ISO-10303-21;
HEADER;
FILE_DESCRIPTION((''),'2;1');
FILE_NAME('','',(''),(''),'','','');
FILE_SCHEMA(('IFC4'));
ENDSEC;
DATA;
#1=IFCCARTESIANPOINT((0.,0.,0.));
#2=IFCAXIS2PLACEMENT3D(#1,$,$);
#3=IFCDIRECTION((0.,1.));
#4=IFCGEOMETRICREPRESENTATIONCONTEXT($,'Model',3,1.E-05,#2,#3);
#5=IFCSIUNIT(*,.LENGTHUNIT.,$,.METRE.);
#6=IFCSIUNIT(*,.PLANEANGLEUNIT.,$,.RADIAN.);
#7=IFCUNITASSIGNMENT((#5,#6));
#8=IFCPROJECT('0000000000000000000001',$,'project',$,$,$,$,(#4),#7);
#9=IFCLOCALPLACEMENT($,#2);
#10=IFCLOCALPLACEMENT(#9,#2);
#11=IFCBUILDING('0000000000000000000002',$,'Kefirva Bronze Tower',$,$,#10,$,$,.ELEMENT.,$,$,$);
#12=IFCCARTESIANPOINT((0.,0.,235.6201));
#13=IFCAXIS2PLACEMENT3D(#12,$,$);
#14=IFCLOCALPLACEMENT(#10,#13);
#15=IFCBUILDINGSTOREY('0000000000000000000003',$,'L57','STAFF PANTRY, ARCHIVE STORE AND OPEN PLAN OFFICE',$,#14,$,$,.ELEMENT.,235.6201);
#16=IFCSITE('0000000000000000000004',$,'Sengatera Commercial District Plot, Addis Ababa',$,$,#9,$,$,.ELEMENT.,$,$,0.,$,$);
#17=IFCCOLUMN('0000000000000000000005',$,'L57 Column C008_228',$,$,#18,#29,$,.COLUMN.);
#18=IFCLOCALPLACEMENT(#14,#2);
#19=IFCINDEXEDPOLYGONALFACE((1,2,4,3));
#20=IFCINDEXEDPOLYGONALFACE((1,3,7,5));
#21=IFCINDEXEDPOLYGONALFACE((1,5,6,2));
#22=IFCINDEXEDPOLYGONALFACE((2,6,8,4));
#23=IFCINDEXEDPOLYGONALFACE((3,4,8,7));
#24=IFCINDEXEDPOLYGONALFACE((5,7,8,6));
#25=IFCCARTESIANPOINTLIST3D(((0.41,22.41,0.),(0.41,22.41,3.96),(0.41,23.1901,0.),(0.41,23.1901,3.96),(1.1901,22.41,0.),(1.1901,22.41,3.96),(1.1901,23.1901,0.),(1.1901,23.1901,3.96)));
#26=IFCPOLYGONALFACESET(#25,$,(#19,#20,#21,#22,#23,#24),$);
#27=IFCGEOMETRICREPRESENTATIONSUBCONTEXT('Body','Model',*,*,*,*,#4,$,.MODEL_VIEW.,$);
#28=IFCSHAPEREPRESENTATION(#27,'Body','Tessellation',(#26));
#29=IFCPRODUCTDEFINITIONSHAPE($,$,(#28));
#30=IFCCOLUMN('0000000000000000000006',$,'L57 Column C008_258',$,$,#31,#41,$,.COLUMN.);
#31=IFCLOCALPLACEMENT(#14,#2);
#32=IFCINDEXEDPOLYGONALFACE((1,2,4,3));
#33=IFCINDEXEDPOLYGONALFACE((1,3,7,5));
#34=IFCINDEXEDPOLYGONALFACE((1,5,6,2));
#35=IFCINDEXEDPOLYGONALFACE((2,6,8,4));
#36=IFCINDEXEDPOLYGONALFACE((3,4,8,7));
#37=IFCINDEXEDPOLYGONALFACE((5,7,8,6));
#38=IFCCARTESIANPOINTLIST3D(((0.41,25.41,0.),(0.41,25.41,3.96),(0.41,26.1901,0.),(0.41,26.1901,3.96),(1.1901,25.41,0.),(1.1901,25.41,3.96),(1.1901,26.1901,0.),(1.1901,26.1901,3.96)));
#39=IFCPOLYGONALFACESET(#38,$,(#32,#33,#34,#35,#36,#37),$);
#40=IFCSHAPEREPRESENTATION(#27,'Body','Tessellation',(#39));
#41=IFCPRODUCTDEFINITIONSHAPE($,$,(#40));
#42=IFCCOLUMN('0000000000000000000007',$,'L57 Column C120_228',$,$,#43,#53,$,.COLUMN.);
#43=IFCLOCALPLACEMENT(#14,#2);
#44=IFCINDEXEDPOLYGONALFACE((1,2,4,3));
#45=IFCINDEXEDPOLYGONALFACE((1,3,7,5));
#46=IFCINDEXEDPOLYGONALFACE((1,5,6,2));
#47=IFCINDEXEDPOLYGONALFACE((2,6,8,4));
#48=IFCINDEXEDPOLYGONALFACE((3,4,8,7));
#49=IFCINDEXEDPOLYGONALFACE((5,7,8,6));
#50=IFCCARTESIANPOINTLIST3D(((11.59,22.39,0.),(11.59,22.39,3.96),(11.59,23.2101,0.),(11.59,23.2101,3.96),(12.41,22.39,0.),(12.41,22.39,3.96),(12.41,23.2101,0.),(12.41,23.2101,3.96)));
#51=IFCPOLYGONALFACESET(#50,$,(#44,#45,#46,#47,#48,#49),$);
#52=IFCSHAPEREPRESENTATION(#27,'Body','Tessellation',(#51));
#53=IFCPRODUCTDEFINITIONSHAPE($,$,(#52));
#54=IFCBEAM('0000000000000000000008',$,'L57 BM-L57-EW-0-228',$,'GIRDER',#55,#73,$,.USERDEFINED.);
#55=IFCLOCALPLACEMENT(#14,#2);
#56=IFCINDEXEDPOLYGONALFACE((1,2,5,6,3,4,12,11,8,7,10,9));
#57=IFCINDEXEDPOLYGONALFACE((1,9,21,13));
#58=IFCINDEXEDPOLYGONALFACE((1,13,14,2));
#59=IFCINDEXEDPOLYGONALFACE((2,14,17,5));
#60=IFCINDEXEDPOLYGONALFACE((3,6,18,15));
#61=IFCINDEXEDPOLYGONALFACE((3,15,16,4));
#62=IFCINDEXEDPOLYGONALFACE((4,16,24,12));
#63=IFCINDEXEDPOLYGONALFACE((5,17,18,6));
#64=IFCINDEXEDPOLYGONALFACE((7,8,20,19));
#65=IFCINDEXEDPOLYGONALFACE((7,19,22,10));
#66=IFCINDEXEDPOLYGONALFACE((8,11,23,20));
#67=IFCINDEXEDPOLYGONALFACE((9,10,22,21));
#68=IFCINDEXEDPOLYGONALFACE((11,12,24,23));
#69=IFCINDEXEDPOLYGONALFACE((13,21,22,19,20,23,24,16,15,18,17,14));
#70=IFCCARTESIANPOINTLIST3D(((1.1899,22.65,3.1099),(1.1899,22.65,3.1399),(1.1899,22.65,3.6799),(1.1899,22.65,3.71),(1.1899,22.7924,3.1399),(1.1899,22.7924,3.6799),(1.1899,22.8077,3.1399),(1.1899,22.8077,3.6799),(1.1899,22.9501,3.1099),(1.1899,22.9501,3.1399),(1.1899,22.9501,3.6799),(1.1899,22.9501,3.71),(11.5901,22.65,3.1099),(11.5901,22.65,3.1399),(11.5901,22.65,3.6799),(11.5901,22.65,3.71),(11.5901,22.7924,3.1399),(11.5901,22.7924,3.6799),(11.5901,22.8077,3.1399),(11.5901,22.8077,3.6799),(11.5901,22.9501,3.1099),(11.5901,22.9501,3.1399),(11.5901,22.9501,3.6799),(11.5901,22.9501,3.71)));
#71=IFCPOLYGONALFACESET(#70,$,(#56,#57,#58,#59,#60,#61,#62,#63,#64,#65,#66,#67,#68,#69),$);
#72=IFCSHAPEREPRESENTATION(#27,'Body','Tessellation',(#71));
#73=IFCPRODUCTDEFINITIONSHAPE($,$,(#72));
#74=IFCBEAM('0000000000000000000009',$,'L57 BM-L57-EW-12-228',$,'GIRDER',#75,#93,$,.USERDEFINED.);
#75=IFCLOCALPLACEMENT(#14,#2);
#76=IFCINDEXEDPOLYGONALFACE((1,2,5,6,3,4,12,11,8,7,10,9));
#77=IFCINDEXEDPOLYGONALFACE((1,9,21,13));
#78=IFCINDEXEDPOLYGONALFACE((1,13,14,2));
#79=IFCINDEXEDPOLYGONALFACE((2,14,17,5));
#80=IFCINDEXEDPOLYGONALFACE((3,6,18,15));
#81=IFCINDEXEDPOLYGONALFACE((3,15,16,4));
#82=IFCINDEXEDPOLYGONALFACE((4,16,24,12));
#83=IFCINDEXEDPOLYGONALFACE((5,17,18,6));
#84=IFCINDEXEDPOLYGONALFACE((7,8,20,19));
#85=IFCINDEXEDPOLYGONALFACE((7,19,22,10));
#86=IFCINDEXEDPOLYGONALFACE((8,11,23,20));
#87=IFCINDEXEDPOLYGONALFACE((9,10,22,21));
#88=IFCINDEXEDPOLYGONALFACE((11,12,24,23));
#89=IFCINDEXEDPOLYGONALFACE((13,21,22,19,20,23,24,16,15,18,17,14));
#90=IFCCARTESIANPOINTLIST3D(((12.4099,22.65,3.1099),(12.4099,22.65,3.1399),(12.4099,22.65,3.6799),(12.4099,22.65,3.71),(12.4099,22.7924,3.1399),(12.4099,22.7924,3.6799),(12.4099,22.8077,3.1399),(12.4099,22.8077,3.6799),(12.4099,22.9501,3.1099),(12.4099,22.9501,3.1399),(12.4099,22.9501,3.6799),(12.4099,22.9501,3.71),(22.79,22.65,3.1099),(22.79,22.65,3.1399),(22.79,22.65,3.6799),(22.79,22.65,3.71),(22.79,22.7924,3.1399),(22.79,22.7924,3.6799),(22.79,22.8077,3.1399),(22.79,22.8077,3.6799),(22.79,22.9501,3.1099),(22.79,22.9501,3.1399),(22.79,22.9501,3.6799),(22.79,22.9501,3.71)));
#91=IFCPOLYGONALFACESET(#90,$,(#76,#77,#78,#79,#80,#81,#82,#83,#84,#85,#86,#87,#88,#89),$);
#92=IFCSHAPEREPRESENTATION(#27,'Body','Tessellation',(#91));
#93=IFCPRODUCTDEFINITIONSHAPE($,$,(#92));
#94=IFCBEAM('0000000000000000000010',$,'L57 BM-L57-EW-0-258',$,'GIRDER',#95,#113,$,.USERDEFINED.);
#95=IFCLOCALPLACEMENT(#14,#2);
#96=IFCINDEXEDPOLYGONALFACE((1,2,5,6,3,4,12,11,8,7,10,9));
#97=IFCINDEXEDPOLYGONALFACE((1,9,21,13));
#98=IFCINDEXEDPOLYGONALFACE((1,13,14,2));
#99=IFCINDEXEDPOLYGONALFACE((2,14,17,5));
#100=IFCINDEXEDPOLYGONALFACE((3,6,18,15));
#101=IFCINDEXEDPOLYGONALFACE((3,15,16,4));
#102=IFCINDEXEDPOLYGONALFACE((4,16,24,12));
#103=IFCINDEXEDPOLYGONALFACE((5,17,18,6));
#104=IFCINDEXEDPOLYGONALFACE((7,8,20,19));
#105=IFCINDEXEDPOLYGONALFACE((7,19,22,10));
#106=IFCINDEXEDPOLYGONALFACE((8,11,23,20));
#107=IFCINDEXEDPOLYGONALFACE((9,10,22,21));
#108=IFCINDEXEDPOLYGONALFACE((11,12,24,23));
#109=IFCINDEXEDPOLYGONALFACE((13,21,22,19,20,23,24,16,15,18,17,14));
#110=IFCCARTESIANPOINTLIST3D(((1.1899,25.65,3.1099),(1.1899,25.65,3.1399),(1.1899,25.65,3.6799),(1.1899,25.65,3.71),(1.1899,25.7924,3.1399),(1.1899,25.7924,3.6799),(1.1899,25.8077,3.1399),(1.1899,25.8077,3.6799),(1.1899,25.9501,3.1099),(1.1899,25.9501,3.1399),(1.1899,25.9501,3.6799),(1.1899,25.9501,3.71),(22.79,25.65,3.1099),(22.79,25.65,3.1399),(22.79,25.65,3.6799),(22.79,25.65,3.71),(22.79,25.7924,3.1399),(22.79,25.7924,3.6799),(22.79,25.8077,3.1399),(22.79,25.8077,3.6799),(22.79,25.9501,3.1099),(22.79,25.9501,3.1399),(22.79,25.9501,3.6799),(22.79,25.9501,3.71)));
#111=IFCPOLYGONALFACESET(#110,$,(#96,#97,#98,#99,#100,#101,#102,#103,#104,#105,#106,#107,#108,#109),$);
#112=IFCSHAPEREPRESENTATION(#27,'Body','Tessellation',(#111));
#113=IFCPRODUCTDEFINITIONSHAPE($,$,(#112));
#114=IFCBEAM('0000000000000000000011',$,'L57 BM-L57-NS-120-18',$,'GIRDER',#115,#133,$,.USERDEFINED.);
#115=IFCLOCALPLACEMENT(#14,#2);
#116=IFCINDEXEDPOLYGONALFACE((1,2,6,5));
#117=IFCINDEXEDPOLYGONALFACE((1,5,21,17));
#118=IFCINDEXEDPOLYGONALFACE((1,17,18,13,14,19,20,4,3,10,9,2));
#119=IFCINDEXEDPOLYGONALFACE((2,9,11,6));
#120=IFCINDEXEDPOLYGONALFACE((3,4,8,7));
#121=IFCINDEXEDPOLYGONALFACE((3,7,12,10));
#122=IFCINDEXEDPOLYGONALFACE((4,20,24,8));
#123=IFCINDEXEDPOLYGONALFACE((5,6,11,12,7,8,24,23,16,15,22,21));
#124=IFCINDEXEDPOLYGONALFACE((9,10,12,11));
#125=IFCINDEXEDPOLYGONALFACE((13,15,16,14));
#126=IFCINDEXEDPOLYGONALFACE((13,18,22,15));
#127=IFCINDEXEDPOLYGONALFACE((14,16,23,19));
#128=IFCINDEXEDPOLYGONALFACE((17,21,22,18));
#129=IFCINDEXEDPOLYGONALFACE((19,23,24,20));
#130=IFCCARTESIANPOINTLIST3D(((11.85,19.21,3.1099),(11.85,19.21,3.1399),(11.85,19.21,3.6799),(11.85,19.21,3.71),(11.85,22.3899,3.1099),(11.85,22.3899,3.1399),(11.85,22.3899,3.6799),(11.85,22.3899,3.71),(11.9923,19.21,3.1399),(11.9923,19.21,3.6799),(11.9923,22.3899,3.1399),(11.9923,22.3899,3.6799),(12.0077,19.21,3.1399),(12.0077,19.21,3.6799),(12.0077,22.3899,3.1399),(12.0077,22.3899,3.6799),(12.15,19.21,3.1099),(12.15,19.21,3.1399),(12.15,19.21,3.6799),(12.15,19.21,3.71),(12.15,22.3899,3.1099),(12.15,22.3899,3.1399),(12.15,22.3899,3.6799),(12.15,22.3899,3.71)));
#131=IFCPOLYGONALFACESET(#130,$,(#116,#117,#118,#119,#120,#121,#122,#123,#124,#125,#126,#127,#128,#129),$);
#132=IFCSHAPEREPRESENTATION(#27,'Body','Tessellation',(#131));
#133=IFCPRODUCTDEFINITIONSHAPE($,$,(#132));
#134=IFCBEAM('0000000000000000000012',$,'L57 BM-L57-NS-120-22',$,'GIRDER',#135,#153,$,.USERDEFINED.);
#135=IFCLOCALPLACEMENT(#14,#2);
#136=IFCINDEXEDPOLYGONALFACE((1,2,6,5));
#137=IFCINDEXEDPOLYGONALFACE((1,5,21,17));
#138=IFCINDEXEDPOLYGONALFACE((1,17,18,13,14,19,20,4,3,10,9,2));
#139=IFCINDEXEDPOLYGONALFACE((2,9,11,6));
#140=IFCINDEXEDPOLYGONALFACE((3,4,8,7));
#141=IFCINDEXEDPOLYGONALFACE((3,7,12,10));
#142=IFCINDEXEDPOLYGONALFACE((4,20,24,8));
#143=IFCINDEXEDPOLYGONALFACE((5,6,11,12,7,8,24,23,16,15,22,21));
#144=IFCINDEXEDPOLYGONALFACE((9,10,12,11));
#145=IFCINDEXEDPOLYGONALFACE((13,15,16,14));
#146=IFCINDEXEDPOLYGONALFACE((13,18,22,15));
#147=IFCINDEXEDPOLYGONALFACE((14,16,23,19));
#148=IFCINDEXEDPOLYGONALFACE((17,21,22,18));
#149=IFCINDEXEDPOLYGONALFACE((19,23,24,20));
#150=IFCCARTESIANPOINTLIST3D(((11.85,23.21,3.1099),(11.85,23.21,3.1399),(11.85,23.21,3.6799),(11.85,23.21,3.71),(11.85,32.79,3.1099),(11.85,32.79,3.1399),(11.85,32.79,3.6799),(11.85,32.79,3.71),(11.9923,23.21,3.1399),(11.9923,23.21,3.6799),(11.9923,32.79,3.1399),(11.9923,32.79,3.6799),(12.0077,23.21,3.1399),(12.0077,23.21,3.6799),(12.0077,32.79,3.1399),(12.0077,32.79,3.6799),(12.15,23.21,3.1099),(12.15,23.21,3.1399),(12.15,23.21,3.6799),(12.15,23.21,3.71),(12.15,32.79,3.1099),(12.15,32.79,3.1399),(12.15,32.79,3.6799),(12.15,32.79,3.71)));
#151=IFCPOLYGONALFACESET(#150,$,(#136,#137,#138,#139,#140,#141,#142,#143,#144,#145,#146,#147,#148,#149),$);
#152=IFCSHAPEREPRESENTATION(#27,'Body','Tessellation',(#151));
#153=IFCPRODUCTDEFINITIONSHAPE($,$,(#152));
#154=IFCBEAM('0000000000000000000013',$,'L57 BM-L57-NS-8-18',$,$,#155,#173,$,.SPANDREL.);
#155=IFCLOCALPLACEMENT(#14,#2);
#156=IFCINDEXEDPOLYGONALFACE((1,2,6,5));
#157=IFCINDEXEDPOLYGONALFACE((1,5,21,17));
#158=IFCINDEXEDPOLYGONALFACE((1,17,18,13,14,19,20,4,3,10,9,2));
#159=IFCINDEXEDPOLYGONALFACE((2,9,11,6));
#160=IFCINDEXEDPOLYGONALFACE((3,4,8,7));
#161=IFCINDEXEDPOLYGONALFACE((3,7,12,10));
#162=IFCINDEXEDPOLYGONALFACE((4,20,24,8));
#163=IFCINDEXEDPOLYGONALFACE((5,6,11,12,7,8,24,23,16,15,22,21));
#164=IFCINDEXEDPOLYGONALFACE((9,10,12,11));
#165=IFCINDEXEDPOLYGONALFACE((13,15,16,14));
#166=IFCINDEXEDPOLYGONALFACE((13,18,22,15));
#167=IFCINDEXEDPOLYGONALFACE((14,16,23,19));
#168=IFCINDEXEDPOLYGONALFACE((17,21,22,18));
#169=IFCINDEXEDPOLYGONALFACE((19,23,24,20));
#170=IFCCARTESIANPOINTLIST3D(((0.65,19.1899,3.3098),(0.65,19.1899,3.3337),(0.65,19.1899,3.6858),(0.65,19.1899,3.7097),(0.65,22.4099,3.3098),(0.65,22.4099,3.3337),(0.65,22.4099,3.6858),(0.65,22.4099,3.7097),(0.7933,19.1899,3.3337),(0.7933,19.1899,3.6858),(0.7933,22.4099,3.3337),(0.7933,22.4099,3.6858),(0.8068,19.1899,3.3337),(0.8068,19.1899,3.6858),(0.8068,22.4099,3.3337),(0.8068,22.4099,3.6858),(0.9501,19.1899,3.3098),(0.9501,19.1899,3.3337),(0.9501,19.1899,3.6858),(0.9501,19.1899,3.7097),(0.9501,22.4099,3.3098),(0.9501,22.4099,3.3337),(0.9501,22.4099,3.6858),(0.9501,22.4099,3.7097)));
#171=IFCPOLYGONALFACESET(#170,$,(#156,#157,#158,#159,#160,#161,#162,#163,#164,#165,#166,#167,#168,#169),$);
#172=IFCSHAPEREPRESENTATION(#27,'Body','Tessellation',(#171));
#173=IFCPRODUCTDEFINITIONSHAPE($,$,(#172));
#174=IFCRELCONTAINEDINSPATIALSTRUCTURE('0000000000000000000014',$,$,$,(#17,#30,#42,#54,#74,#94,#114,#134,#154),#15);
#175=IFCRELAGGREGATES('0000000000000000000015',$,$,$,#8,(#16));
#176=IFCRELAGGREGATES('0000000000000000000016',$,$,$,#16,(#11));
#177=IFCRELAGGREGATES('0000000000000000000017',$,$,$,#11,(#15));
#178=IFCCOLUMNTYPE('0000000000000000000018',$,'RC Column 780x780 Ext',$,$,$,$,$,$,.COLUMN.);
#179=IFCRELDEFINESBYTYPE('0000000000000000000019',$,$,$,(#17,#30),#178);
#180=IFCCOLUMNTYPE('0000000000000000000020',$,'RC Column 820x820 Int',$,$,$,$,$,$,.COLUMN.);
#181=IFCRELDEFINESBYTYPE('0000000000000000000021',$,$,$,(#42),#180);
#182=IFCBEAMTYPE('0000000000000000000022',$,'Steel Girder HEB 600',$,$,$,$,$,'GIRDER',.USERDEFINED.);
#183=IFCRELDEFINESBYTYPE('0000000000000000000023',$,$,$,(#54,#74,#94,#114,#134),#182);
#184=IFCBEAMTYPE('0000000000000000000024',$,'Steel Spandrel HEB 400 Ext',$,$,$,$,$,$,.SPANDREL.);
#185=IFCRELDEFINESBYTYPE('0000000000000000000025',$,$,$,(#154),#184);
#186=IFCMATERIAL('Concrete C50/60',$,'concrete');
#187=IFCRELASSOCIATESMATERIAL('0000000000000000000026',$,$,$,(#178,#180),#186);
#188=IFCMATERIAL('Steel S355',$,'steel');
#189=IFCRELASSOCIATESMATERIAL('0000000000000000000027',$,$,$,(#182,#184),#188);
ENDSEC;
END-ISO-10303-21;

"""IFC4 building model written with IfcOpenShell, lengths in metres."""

from ifc_helpers import new_model, si_unit, direction, frame, origin, origin_2d, place, context, subcontext, project, spatial, rectangle, i_section, extrude, material, material_profile, profile_set, type_object, element, save


model = new_model("IFC4")

# Units and contexts
model_context = context("Model", 3, precision=1e-05, world=origin(), true_north=direction((0.0, 1.0)))
body_context = subcontext(model_context, "Body", "Model", "MODEL_VIEW")
ifc_project = project(units=[si_unit("LENGTHUNIT", "METRE"), si_unit("PLANEANGLEUNIT", "RADIAN")], contexts=[model_context])

# Site, building, storey
site_placement = place(None, origin())
site = spatial("IfcSite", under=ifc_project, at=site_placement, Name="Sengatera Commercial District Plot, Addis Ababa", CompositionType="ELEMENT", RefElevation=0.0)
building_placement = place(site_placement, origin())
building = spatial("IfcBuilding", under=site, at=building_placement, Name="Kefirva Bronze Tower", CompositionType="ELEMENT")
storey_placement = place(building_placement, frame((0.0, 0.0, 235.6201)))
storey = spatial("IfcBuildingStorey", under=building, at=storey_placement, Name="L57", Description="STAFF PANTRY, ARCHIVE STORE AND OPEN PLAN OFFICE", CompositionType="ELEMENT", Elevation=235.6201)

# Columns
ifc_material_1 = material(Name="Concrete C50/60", Category="concrete")
ifc_material_profile_1 = material_profile(ifc_material_1, rectangle(XDim=0.78, YDim=0.78, at=origin_2d()), Name="RC 780x780")
ifc_profile_set_1 = profile_set([ifc_material_profile_1], Name="Concrete C50/60")
column_type_1 = type_object("IfcColumnType", Name="RC Column 780x780 Ext", PredefinedType="COLUMN", material=ifc_profile_set_1)
for number, where, z_axis, x_axis, name in (
    (1, (0.8, 22.8, 0.0), (0.0, 0.0, 1.0), (1.0, 0.0, 0.0), "L57 Column C008_228"),
    (2, (0.8, 25.8, 0.0), (0.0, 0.0, 1.0), (1.0, 0.0, 0.0), "L57 Column C008_258"),
):
    element("IfcColumn", number, at=place(storey_placement, frame(where, z_axis=z_axis, x_axis=x_axis)), inside=storey, type_object=column_type_1, Name=name, PredefinedType="COLUMN", context=body_context, shape_type="SweptSolid", body=[
        extrude(rectangle(XDim=0.78, YDim=0.78, at=origin_2d()), origin(), (0.0, 0.0, 1.0), 3.96),
    ])
ifc_material_profile_2 = material_profile(ifc_material_1, rectangle(XDim=0.8201, YDim=0.8201, at=origin_2d()), Name="RC 820x820")
ifc_profile_set_2 = profile_set([ifc_material_profile_2], Name="Concrete C50/60")
column_type_2 = type_object("IfcColumnType", Name="RC Column 820x820 Int", PredefinedType="COLUMN", material=ifc_profile_set_2)
column_placement = place(storey_placement, frame((12.0, 22.8, 0.0), z_axis=(0.0, 0.0, 1.0), x_axis=(1.0, 0.0, 0.0)))
element("IfcColumn", 3, at=column_placement, inside=storey, type_object=column_type_2, Name="L57 Column C120_228", PredefinedType="COLUMN", context=body_context, shape_type="SweptSolid", body=[
    extrude(rectangle(XDim=0.8201, YDim=0.8201, at=origin_2d()), origin(), (0.0, 0.0, 1.0), 3.96),
])

# Beams
ifc_material_2 = material(Name="Steel S355", Category="steel")
ifc_material_profile_3 = material_profile(ifc_material_2, i_section(OverallWidth=0.3, OverallDepth=0.6001, WebThickness=0.0154, FlangeThickness=0.03, at=origin_2d()), Name="HEB 600")
ifc_profile_set_3 = profile_set([ifc_material_profile_3], Name="Steel S355")
beam_type_1 = type_object("IfcBeamType", Name="Steel Girder HEB 600", ElementType="GIRDER", PredefinedType="USERDEFINED", material=ifc_profile_set_3)
beam_1_placement = place(storey_placement, frame((1.1899, 22.8, 3.4099), z_axis=(1.0, 0.0, 0.0), x_axis=(0.0, 1.0, 0.0)))
element("IfcBeam", 4, at=beam_1_placement, inside=storey, type_object=beam_type_1, Name="L57 BM-L57-EW-0-228", ObjectType="GIRDER", PredefinedType="USERDEFINED", context=body_context, shape_type="SweptSolid", body=[
    extrude(i_section(OverallWidth=0.3, OverallDepth=0.6001, WebThickness=0.0154, FlangeThickness=0.03, at=origin_2d()), origin(), (0.0, 0.0, 1.0), 10.4001),
])
beam_2_placement = place(storey_placement, frame((12.4099, 22.8, 3.4099), z_axis=(1.0, 0.0, 0.0), x_axis=(0.0, 1.0, 0.0)))
element("IfcBeam", 5, at=beam_2_placement, inside=storey, type_object=beam_type_1, Name="L57 BM-L57-EW-12-228", ObjectType="GIRDER", PredefinedType="USERDEFINED", context=body_context, shape_type="SweptSolid", body=[
    extrude(i_section(OverallWidth=0.3, OverallDepth=0.6001, WebThickness=0.0154, FlangeThickness=0.03, at=origin_2d()), origin(), (0.0, 0.0, 1.0), 10.3801),
])
beam_3_placement = place(storey_placement, frame((1.1899, 25.8, 3.4099), z_axis=(1.0, 0.0, 0.0), x_axis=(0.0, 1.0, 0.0)))
element("IfcBeam", 6, at=beam_3_placement, inside=storey, type_object=beam_type_1, Name="L57 BM-L57-EW-0-258", ObjectType="GIRDER", PredefinedType="USERDEFINED", context=body_context, shape_type="SweptSolid", body=[
    extrude(i_section(OverallWidth=0.3, OverallDepth=0.6001, WebThickness=0.0154, FlangeThickness=0.03, at=origin_2d()), origin(), (0.0, 0.0, 1.0), 21.6001),
])
beam_4_placement = place(storey_placement, frame((12.0, 19.21, 3.4099), z_axis=(0.0, 1.0, 0.0), x_axis=(-1.0, 0.0, 0.0)))
element("IfcBeam", 7, at=beam_4_placement, inside=storey, type_object=beam_type_1, Name="L57 BM-L57-NS-120-18", ObjectType="GIRDER", PredefinedType="USERDEFINED", context=body_context, shape_type="SweptSolid", body=[
    extrude(i_section(OverallWidth=0.3, OverallDepth=0.6001, WebThickness=0.0154, FlangeThickness=0.03, at=origin_2d()), origin(), (0.0, 0.0, 1.0), 3.1799),
])
beam_5_placement = place(storey_placement, frame((12.0, 23.21, 3.4099), z_axis=(0.0, 1.0, 0.0), x_axis=(-1.0, 0.0, 0.0)))
element("IfcBeam", 8, at=beam_5_placement, inside=storey, type_object=beam_type_1, Name="L57 BM-L57-NS-120-22", ObjectType="GIRDER", PredefinedType="USERDEFINED", context=body_context, shape_type="SweptSolid", body=[
    extrude(i_section(OverallWidth=0.3, OverallDepth=0.6001, WebThickness=0.0154, FlangeThickness=0.03, at=origin_2d()), origin(), (0.0, 0.0, 1.0), 9.5801),
])
ifc_material_profile_4 = material_profile(ifc_material_2, i_section(OverallWidth=0.3, OverallDepth=0.3999, WebThickness=0.0134, FlangeThickness=0.0239, at=origin_2d()), Name="HEB 400")
ifc_profile_set_4 = profile_set([ifc_material_profile_4], Name="Steel S355")
beam_type_2 = type_object("IfcBeamType", Name="Steel Spandrel HEB 400 Ext", PredefinedType="SPANDREL", material=ifc_profile_set_4)
beam_6_placement = place(storey_placement, frame((0.8, 19.1899, 3.5098), z_axis=(0.0, 1.0, 0.0), x_axis=(-1.0, 0.0, 0.0)))
element("IfcBeam", 9, at=beam_6_placement, inside=storey, type_object=beam_type_2, Name="L57 BM-L57-NS-8-18", PredefinedType="SPANDREL", context=body_context, shape_type="SweptSolid", body=[
    extrude(i_section(OverallWidth=0.3, OverallDepth=0.3999, WebThickness=0.0134, FlangeThickness=0.0239, at=origin_2d()), origin(), (0.0, 0.0, 1.0), 3.22),
])

save(model, "model.ifc")
